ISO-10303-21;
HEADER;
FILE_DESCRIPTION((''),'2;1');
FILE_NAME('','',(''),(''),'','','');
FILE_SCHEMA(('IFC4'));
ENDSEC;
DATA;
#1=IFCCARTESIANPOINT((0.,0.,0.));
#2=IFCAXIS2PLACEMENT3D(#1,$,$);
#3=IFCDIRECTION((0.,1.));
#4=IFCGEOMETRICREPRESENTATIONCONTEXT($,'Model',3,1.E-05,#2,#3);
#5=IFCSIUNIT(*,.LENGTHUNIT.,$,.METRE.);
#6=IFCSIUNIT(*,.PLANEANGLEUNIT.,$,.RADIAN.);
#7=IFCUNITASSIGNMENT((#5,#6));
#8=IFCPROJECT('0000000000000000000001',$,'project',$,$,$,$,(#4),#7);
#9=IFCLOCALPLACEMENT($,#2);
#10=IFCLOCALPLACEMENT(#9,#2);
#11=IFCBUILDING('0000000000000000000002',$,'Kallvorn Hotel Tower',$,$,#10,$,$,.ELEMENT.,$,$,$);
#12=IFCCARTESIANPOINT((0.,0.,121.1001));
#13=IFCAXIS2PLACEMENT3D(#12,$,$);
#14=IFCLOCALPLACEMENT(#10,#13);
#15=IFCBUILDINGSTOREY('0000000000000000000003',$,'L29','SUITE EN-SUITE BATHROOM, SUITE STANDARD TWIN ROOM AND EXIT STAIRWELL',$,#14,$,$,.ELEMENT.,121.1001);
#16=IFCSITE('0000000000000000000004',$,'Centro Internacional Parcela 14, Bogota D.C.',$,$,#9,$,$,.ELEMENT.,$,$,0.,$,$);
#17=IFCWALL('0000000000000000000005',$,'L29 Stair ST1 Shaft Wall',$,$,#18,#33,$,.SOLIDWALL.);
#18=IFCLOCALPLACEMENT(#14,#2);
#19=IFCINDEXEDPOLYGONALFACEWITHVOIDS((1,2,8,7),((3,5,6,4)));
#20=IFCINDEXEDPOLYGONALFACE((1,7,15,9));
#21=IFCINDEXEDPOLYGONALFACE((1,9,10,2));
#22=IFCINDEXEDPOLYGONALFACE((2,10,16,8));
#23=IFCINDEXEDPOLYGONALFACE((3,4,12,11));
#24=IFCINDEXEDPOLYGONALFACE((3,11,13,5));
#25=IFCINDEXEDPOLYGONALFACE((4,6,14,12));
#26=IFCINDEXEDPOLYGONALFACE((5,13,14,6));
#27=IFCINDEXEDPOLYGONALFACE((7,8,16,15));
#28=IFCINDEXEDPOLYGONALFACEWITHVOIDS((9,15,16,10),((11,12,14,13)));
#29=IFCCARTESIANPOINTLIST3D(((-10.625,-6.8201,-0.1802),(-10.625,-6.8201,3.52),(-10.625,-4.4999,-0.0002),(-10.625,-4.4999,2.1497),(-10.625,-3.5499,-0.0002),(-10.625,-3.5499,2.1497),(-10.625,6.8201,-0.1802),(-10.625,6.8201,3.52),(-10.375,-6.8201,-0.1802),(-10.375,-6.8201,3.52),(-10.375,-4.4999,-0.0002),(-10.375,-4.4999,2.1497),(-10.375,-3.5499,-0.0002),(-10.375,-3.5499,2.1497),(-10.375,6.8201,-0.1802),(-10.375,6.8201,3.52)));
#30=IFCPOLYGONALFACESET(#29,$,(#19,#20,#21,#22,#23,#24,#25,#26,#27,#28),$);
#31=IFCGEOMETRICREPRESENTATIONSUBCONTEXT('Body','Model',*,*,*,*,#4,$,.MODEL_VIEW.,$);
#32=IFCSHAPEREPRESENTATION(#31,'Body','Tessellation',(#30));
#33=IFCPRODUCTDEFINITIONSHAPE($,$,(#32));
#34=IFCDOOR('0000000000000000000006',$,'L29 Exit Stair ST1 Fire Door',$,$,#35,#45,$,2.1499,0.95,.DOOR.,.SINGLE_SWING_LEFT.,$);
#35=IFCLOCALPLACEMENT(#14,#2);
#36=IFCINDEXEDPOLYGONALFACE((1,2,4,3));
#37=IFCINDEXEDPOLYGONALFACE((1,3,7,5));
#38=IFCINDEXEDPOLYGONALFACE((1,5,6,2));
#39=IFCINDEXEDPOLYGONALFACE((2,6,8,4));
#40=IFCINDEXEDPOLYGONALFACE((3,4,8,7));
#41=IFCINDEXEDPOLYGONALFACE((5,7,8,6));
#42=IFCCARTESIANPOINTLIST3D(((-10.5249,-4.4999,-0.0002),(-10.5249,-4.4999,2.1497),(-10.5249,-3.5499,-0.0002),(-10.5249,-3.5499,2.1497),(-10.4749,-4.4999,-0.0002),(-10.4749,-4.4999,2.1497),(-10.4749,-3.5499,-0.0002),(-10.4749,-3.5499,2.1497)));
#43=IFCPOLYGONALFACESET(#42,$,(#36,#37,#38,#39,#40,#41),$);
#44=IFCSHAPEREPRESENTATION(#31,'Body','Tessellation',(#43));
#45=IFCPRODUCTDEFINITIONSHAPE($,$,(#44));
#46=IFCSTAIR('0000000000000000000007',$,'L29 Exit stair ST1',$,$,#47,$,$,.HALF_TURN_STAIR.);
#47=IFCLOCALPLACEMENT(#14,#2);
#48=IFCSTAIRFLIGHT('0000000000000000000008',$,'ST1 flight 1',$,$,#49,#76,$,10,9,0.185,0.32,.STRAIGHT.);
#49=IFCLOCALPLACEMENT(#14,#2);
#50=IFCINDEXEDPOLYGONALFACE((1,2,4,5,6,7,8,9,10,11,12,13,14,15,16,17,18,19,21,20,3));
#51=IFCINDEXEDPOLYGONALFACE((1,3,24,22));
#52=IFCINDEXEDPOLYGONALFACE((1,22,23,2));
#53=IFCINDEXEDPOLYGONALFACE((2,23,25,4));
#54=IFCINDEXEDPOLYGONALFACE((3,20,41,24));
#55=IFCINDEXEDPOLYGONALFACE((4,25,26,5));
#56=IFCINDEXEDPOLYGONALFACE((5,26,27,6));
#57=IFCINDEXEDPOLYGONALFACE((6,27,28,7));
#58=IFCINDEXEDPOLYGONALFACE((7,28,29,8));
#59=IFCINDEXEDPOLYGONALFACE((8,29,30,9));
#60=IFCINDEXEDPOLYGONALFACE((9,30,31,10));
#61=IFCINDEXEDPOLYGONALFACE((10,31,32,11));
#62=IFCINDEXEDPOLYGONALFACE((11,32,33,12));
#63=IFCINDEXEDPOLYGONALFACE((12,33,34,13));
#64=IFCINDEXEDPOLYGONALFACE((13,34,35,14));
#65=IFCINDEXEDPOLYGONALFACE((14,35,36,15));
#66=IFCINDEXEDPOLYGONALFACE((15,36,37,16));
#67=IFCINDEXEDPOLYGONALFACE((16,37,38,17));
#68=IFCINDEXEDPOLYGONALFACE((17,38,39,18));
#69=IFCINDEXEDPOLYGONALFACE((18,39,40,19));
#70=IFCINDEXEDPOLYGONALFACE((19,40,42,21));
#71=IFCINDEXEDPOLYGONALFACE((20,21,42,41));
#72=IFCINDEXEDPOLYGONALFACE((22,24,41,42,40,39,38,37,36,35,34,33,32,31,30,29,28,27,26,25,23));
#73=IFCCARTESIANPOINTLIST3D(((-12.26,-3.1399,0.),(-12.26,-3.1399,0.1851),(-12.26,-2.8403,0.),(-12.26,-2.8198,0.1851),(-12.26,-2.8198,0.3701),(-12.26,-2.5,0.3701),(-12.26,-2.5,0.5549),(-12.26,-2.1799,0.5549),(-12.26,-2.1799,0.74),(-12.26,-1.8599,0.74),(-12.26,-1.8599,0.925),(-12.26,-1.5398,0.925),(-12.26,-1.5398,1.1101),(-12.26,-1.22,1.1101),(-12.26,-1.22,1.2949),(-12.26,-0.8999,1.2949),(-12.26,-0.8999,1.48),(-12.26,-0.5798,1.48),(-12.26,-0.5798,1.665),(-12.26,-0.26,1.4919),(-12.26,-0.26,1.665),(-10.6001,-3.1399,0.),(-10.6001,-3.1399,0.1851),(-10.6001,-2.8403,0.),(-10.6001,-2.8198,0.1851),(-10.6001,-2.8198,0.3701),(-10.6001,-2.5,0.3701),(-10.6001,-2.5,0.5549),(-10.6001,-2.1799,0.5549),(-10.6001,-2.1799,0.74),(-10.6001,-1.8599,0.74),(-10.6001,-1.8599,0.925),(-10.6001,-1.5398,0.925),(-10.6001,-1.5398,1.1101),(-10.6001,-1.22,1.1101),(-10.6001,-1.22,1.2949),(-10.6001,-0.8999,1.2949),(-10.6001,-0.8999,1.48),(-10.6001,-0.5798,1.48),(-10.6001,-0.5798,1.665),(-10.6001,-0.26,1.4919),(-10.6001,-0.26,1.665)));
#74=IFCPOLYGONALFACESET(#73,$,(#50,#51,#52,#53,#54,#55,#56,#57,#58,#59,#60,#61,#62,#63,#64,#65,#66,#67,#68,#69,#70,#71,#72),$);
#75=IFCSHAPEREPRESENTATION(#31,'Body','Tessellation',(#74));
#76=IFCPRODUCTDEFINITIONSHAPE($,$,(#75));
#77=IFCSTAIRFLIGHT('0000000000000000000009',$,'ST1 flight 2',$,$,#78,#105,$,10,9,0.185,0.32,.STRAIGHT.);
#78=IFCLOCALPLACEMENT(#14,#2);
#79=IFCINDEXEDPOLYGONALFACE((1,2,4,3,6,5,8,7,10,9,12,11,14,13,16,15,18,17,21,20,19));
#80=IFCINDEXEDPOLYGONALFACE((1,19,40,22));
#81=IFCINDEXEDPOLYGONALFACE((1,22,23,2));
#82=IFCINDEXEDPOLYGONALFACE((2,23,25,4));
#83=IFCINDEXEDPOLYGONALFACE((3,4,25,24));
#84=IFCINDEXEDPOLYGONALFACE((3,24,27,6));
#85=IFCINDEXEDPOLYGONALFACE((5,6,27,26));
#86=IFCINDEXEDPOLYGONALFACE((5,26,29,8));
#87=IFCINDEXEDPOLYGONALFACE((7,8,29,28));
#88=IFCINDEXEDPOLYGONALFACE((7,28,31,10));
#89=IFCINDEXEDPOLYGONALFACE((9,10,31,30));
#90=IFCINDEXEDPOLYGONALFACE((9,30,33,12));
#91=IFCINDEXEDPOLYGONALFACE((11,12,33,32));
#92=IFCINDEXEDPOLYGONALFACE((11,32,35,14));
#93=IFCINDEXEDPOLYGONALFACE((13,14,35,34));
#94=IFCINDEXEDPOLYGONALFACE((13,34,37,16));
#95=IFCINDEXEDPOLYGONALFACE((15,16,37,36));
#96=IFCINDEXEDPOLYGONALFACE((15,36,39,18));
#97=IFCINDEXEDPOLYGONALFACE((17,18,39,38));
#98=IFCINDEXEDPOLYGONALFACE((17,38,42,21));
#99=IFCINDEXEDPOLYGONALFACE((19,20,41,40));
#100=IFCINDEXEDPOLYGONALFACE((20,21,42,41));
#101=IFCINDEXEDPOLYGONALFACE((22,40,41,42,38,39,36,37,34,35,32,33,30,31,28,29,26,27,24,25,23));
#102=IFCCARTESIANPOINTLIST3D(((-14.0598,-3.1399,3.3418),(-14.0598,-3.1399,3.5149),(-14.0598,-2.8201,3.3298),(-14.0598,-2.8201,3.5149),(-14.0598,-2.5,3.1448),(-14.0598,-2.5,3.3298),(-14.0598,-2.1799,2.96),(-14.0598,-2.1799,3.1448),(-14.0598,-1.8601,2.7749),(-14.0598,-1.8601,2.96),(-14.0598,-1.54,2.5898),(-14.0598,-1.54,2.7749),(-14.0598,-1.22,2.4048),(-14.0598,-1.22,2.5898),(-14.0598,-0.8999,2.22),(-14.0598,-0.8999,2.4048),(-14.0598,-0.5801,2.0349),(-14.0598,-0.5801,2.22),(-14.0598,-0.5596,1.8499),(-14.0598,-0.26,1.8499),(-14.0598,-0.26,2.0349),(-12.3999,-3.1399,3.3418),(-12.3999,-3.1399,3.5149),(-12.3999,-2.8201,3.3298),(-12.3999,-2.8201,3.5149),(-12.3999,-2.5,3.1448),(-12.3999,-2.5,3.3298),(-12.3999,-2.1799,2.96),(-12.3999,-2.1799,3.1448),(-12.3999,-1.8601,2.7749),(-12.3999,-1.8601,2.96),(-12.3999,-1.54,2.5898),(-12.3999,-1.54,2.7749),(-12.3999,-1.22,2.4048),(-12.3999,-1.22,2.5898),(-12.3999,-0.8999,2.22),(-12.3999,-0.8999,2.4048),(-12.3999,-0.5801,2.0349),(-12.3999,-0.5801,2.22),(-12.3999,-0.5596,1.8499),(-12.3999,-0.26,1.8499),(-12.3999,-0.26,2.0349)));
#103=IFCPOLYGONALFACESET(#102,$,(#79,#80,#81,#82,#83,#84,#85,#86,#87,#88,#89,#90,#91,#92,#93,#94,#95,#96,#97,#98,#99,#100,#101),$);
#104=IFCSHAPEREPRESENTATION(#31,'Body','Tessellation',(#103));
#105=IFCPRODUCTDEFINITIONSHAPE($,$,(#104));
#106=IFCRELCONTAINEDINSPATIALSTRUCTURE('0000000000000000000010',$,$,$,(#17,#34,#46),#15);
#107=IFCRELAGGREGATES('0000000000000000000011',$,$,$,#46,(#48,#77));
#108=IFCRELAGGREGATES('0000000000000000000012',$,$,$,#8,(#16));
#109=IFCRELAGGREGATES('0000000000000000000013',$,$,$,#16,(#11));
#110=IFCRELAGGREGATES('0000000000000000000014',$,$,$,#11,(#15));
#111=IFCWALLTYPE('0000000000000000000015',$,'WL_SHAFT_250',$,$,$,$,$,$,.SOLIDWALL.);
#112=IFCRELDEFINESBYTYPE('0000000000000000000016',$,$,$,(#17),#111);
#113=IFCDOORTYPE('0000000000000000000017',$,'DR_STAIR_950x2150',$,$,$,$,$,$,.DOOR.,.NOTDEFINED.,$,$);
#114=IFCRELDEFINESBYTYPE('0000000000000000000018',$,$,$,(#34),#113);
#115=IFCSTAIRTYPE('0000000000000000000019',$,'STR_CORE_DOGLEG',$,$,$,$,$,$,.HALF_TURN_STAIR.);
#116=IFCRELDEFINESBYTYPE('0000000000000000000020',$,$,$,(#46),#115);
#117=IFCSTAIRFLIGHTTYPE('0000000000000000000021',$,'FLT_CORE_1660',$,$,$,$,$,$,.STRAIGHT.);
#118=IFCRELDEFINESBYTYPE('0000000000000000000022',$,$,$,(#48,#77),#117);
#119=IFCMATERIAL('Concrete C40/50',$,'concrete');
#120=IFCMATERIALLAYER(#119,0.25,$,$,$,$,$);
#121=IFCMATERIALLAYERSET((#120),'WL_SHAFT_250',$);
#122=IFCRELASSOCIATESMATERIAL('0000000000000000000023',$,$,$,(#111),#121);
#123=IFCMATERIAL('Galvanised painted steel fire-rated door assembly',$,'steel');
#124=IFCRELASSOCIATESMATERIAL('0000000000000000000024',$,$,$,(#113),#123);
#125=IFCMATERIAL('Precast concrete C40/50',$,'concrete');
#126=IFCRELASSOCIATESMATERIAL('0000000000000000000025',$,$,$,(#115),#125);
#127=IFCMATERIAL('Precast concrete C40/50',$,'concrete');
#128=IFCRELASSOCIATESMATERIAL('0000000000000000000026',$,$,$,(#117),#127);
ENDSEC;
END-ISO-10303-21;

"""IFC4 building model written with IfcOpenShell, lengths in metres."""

from ifc_helpers import new_model, si_unit, direction, frame, frame_2d, origin, place, context, subcontext, project, spatial, polyline, rectangle, outline, extrude, material, layer, layer_set, type_object, element, fill, aggregate, save


model = new_model("IFC4")

# Units and contexts
model_context = context("Model", 3, precision=1e-05, world=origin(), true_north=direction((0.0, 1.0)))
body_context = subcontext(model_context, "Body", "Model", "MODEL_VIEW")
ifc_project = project(units=[si_unit("LENGTHUNIT", "METRE"), si_unit("PLANEANGLEUNIT", "RADIAN")], contexts=[model_context])

# Site, building, storey
site_placement = place(None, origin())
site = spatial("IfcSite", under=ifc_project, at=site_placement, Name="Centro Internacional Parcela 14, Bogota D.C.", CompositionType="ELEMENT", RefElevation=0.0)
building_placement = place(site_placement, origin())
building = spatial("IfcBuilding", under=site, at=building_placement, Name="Kallvorn Hotel Tower", CompositionType="ELEMENT")
storey_placement = place(building_placement, frame((0.0, 0.0, 121.1001)))
storey = spatial("IfcBuildingStorey", under=building, at=storey_placement, Name="L29", Description="SUITE EN-SUITE BATHROOM, SUITE STANDARD TWIN ROOM AND EXIT STAIRWELL", CompositionType="ELEMENT", Elevation=121.1001)

# Wall, opening, door
ifc_material_1 = material(Name="Concrete C40/50", Category="concrete")
ifc_layer_1 = layer(ifc_material_1, 0.25)
ifc_layer_set_1 = layer_set([ifc_layer_1], Name="WL_SHAFT_250")
wall_type_1 = type_object("IfcWallType", Name="WL_SHAFT_250", PredefinedType="SOLIDWALL", material=ifc_layer_set_1)
wall_1_placement = place(storey_placement, frame((-10.5, -6.8201, -0.1802), z_axis=(0.0, 0.0, 1.0), x_axis=(0.0, 1.0, 0.0)))
wall_1 = element("IfcWall", 1, at=wall_1_placement, inside=storey, type_object=wall_type_1, Name="L29 Stair ST1 Shaft Wall", PredefinedType="SOLIDWALL", context=body_context, shape_type="SweptSolid", body=[
    extrude(rectangle(XDim=13.6401, YDim=0.25, at=frame_2d((6.8201, 0.0))), origin(), (0.0, 0.0, 1.0), 3.7002),
])
opening_1_placement = place(wall_1_placement, frame((2.3201, 0.0, 0.1799)))
opening_1 = element("IfcOpeningElement", 2, at=opening_1_placement, cuts=wall_1, PredefinedType="OPENING", context=body_context, shape_type="SweptSolid", body=[
    extrude(rectangle(XDim=0.95, YDim=2.1499, at=frame_2d((0.4751, 1.075))), frame((0.0, 0.1399, 0.0), z_axis=(0.0, -1.0, 0.0), x_axis=(1.0, 0.0, 0.0)), (0.0, 0.0, 1.0), 0.28),
])
ifc_material_2 = material(Name="Galvanised painted steel fire-rated door assembly", Category="steel")
door_type_1 = type_object("IfcDoorType", Name="DR_STAIR_950x2150", OperationType="NOTDEFINED", PredefinedType="DOOR", material=ifc_material_2)
door_1_placement = place(opening_1_placement, origin())
door_1 = element("IfcDoor", 3, at=door_1_placement, inside=storey, type_object=door_type_1, Name="L29 Exit Stair ST1 Fire Door", OperationType="SINGLE_SWING_LEFT", OverallHeight=2.1499, OverallWidth=0.95, PredefinedType="DOOR", context=body_context, shape_type="SweptSolid", body=[
    extrude(rectangle(XDim=0.95, YDim=2.1499, at=frame_2d((0.4751, 1.075))), frame((0.0, 0.0249, 0.0), z_axis=(0.0, -1.0, 0.0), x_axis=(1.0, 0.0, 0.0)), (0.0, 0.0, 1.0), 0.05),
])
fill(opening_1, door_1)

# Stair, stair flights
ifc_material_3 = material(Name="Precast concrete C40/50", Category="concrete")
stair_type = type_object("IfcStairType", Name="STR_CORE_DOGLEG", PredefinedType="HALF_TURN_STAIR", material=ifc_material_3)
stair_placement = place(storey_placement, origin())
stair = element("IfcStair", 4, at=stair_placement, inside=storey, type_object=stair_type, Name="L29 Exit stair ST1", PredefinedType="HALF_TURN_STAIR")
ifc_material_4 = material(Name="Precast concrete C40/50", Category="concrete")
stair_flight_type = type_object("IfcStairFlightType", Name="FLT_CORE_1660", PredefinedType="STRAIGHT", material=ifc_material_4)
stair_flight_1_placement = place(storey_placement, frame((-11.4299, -3.1399, 0.0), z_axis=(0.0, 0.0, 1.0), x_axis=(0.0, 1.0, 0.0)))
stair_flight_1 = element("IfcStairFlight", 5, at=stair_flight_1_placement, type_object=stair_flight_type, Name="ST1 flight 1", NumberOfRisers=10, NumberOfTreads=9, PredefinedType="STRAIGHT", RiserHeight=0.185, TreadLength=0.32, context=body_context, shape_type="SweptSolid", body=[
    extrude(outline(polyline([(0.0, 0.0), (0.0, 0.1851), (0.3201, 0.1851), (0.3201, 0.3701), (0.6399, 0.3701), (0.6399, 0.5549), (0.96, 0.5549), (0.96, 0.74), (1.28, 0.74), (1.28, 0.925), (1.6001, 0.925), (1.6001, 1.1101), (1.9199, 1.1101), (1.9199, 1.2949), (2.24, 1.2949), (2.24, 1.48), (2.5601, 1.48), (2.5601, 1.665), (2.8799, 1.665), (2.8799, 1.8501), (2.8799, 1.4919), (0.2996, 0.0), (0.0, 0.0)])), frame((0.0, 0.8301, 0.0), z_axis=(0.0, -1.0, 0.0), x_axis=(1.0, 0.0, 0.0)), (0.0, 0.0, 1.0), 1.6599),
])
stair_flight_2_placement = place(storey_placement, frame((-13.23, -0.26, 1.8499), z_axis=(0.0, 0.0, 1.0), x_axis=(0.0, -1.0, 0.0)))
stair_flight_2 = element("IfcStairFlight", 6, at=stair_flight_2_placement, type_object=stair_flight_type, Name="ST1 flight 2", NumberOfRisers=10, NumberOfTreads=9, PredefinedType="STRAIGHT", RiserHeight=0.185, TreadLength=0.32, context=body_context, shape_type="SweptSolid", body=[
    extrude(outline(polyline([(0.0, 0.0), (0.0, 0.1851), (0.3201, 0.1851), (0.3201, 0.3701), (0.6399, 0.3701), (0.6399, 0.5549), (0.96, 0.5549), (0.96, 0.74), (1.28, 0.74), (1.28, 0.925), (1.6001, 0.925), (1.6001, 1.1101), (1.9199, 1.1101), (1.9199, 1.2949), (2.24, 1.2949), (2.24, 1.48), (2.5601, 1.48), (2.5601, 1.665), (2.8799, 1.665), (2.8799, 1.8501), (2.8799, 1.4919), (0.2996, 0.0), (0.0, 0.0)])), frame((0.0, 0.8301, 0.0), z_axis=(0.0, -1.0, 0.0), x_axis=(1.0, 0.0, 0.0)), (0.0, 0.0, 1.0), 1.6599),
])
aggregate(stair, [stair_flight_1, stair_flight_2])

save(model, "model.ifc")
